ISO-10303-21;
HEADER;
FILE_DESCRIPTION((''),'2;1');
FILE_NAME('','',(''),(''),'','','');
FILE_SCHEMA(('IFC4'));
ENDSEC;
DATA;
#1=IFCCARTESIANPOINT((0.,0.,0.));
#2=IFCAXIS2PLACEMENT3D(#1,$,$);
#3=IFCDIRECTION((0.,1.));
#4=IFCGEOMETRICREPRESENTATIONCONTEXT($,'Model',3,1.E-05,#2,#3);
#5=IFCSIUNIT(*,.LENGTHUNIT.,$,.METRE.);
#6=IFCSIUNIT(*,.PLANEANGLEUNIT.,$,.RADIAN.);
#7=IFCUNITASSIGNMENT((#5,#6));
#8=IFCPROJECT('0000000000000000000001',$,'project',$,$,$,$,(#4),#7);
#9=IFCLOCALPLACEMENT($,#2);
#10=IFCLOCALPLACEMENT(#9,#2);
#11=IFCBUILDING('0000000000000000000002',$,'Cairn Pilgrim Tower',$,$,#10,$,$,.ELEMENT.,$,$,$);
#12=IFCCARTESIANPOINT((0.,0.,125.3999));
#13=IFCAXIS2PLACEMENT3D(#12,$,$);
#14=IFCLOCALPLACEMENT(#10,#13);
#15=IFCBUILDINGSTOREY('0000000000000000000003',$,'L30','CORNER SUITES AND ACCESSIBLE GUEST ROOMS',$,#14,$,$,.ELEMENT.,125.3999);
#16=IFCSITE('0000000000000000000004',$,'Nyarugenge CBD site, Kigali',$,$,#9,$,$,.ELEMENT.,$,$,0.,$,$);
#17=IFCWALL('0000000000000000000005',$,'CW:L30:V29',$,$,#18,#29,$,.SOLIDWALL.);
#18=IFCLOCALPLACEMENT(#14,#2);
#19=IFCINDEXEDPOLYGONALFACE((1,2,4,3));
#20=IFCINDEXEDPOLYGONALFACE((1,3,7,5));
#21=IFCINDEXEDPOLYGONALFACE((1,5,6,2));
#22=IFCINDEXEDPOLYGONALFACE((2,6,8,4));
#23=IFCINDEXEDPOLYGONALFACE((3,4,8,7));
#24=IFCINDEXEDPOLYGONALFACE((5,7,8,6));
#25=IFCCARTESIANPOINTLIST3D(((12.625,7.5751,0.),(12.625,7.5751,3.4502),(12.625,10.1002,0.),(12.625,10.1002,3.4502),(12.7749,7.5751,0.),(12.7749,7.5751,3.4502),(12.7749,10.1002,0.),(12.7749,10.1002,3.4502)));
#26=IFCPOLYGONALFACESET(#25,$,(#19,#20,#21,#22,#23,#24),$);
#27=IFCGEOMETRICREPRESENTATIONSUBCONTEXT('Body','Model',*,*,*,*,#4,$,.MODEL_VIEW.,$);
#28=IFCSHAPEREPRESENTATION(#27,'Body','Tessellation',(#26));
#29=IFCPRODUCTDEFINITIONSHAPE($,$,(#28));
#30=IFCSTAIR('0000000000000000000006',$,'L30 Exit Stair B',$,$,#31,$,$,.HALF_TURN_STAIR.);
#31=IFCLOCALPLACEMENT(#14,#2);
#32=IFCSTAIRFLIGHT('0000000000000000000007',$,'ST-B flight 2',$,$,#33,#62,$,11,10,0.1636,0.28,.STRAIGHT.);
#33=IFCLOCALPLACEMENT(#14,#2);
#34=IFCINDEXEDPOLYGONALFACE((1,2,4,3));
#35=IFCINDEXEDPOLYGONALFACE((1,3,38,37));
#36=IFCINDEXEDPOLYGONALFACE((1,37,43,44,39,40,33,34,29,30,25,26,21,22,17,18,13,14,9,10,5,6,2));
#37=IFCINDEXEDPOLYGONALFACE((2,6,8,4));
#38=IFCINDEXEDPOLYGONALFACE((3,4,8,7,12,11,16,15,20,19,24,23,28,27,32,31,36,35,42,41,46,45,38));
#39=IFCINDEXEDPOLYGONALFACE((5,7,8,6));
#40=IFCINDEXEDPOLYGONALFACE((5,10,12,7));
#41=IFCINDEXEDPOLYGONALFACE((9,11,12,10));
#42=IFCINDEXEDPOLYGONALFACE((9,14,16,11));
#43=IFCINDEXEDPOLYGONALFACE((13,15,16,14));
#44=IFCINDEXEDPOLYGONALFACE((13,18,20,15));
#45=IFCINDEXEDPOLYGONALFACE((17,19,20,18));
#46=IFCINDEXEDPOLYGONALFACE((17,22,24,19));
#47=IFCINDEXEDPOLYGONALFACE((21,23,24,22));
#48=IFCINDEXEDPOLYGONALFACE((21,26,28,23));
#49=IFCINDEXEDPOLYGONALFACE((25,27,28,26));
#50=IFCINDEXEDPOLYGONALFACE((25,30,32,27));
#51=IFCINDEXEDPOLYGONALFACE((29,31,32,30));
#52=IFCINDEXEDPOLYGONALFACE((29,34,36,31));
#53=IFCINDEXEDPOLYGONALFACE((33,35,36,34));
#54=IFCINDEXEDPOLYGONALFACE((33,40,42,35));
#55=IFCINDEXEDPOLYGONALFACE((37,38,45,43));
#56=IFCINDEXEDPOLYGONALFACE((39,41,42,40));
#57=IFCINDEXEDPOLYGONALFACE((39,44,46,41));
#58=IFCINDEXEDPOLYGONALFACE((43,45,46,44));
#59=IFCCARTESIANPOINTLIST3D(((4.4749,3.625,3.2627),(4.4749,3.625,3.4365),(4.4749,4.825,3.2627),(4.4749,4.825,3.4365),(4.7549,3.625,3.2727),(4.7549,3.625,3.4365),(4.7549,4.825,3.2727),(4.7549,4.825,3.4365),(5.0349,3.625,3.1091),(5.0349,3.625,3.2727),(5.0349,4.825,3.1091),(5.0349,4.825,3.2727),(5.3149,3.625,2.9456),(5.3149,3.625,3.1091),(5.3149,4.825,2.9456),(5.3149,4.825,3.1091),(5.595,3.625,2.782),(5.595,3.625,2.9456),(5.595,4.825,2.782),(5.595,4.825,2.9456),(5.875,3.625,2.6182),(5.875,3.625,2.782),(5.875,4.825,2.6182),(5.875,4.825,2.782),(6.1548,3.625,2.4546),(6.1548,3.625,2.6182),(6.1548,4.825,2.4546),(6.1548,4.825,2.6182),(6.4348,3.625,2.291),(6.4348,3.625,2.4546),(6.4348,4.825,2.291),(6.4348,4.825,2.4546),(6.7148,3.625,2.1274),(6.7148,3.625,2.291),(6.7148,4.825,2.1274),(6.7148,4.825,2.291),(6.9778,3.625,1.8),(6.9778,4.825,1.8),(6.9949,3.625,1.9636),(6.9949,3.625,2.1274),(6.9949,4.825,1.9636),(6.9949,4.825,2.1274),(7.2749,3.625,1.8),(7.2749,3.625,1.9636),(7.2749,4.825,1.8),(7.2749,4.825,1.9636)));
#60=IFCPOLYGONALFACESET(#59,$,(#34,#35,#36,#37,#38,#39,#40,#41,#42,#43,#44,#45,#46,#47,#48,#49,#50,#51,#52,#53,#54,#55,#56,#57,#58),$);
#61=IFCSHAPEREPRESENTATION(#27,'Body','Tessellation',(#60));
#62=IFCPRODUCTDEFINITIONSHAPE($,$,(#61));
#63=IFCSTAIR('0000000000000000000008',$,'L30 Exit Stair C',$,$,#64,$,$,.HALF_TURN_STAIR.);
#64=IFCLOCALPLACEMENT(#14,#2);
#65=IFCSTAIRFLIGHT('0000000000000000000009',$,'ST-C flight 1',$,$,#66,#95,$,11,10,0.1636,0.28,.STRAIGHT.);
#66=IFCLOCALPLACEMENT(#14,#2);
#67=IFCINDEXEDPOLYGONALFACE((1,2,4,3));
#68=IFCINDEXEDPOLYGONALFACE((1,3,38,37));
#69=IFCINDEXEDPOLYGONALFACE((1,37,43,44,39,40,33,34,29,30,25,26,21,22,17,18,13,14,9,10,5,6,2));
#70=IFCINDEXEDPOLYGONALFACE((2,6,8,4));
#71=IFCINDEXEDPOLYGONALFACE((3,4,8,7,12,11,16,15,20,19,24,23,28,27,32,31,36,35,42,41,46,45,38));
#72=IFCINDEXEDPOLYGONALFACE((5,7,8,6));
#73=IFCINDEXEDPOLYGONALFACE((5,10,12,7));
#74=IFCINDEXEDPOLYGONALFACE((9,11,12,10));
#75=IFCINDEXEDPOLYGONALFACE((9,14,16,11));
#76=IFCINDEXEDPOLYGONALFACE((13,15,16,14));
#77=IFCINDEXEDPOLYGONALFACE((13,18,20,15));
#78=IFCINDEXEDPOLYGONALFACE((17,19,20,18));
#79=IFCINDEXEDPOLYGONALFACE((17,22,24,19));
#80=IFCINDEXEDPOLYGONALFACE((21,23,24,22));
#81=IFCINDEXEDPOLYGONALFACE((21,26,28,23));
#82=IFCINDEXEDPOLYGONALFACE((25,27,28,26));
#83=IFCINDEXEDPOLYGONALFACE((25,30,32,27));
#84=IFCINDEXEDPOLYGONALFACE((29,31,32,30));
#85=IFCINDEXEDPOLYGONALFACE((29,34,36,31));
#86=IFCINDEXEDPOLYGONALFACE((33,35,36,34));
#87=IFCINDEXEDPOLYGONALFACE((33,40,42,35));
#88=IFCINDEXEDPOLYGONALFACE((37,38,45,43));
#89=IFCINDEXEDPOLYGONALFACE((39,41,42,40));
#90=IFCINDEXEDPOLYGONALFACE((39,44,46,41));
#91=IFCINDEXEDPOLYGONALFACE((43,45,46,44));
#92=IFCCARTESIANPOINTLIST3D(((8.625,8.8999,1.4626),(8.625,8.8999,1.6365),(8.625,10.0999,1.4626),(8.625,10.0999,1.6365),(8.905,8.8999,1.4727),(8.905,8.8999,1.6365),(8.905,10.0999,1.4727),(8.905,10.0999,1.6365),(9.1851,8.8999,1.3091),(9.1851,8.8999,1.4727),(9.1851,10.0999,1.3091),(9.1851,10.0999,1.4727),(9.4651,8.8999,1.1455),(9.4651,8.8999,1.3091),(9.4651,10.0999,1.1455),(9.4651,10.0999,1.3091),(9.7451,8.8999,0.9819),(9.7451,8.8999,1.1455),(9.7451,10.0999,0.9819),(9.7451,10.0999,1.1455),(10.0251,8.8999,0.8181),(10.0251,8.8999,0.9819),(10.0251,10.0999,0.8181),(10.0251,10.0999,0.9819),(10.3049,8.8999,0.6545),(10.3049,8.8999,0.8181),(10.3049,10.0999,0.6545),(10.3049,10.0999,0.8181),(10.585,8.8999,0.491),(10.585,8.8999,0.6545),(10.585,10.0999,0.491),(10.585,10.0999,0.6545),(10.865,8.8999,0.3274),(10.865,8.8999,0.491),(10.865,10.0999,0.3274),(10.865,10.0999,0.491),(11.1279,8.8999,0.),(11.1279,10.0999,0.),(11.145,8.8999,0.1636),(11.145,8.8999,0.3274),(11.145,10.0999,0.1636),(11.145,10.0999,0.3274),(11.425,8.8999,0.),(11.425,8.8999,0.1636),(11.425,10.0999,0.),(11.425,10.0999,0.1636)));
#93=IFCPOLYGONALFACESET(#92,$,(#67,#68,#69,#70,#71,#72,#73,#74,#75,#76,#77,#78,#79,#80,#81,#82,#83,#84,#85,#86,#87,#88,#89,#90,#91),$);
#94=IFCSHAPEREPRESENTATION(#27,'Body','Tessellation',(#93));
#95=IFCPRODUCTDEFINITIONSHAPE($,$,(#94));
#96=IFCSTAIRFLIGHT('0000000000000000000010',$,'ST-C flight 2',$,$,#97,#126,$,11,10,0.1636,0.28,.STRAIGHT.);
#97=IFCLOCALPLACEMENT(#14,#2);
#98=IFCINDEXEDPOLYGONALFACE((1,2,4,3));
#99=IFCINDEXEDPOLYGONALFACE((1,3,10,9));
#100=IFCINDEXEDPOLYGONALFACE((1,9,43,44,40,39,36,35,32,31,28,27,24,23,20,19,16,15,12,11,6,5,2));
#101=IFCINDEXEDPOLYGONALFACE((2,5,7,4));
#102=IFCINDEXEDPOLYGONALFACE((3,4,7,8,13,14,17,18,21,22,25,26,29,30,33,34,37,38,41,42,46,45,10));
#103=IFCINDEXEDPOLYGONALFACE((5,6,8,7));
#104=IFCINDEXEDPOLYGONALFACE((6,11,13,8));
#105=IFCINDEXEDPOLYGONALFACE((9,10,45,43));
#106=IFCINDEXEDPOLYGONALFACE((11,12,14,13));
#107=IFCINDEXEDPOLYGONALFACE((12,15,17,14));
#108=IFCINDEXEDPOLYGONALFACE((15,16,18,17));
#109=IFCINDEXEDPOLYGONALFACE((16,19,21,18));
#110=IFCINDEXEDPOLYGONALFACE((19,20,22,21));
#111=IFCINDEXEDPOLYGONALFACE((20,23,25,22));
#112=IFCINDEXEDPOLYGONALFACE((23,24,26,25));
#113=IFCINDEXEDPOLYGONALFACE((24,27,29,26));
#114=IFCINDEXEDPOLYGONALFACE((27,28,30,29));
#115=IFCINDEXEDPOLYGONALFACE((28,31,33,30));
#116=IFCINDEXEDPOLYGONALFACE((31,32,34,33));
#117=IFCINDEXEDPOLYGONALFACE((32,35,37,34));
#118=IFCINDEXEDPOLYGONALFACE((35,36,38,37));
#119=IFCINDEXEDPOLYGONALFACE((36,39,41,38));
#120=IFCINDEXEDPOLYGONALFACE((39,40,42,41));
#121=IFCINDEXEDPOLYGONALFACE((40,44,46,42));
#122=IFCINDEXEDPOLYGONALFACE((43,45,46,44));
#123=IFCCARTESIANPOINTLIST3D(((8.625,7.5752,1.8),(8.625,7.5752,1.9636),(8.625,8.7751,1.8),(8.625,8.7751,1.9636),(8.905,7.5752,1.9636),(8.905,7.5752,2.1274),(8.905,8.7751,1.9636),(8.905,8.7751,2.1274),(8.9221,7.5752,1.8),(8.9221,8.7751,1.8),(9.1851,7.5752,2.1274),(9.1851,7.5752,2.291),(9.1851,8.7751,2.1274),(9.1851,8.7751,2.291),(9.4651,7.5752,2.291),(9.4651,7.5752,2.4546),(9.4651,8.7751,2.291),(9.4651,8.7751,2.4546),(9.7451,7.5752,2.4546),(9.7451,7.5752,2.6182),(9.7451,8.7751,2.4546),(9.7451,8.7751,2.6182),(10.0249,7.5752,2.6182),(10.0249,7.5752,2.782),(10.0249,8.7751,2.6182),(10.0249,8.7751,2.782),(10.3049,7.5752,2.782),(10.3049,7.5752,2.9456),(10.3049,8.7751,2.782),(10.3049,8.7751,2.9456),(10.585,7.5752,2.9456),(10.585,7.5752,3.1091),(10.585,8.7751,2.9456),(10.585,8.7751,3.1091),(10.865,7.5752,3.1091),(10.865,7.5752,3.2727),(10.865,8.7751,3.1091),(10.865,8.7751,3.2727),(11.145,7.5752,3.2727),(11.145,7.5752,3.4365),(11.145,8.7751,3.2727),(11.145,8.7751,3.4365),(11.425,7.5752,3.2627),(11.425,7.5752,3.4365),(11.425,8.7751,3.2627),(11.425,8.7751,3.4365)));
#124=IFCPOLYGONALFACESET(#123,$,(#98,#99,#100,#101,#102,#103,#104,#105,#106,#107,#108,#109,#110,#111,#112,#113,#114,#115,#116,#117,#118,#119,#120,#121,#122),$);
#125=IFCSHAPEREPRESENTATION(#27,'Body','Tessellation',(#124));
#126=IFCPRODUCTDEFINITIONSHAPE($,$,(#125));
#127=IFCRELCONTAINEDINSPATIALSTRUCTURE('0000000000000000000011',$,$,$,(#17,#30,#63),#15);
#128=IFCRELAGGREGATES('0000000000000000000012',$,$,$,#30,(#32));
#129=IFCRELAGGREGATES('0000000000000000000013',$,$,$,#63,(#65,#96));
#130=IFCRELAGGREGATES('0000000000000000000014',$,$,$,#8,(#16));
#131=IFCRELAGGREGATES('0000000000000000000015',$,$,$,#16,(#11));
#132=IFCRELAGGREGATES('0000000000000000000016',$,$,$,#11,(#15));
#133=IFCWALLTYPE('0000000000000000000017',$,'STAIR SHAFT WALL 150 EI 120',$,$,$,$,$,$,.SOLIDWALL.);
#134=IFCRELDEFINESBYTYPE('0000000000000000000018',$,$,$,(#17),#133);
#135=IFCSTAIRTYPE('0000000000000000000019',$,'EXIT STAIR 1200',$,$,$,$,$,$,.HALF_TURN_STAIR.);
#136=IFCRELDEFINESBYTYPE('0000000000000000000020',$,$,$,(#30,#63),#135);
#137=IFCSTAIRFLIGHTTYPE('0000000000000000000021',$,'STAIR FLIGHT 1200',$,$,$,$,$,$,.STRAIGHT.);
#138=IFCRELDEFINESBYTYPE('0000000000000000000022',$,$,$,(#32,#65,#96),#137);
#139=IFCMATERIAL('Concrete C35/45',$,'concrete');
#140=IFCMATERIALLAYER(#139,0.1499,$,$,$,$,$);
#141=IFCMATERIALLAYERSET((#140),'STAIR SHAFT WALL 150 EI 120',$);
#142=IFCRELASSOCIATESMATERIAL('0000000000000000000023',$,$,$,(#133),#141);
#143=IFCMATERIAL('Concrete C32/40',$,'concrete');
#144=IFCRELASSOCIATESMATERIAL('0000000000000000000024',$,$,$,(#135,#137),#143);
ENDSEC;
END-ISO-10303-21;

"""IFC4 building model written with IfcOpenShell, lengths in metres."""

from ifc_helpers import new_model, si_unit, direction, frame, frame_2d, origin, place, context, subcontext, project, spatial, polyline, rectangle, outline, extrude, material, layer, layer_set, type_object, element, aggregate, save


model = new_model("IFC4")

# Units and contexts
model_context = context("Model", 3, precision=1e-05, world=origin(), true_north=direction((0.0, 1.0)))
body_context = subcontext(model_context, "Body", "Model", "MODEL_VIEW")
ifc_project = project(units=[si_unit("LENGTHUNIT", "METRE"), si_unit("PLANEANGLEUNIT", "RADIAN")], contexts=[model_context])

# Site, building, storey
site_placement = place(None, origin())
site = spatial("IfcSite", under=ifc_project, at=site_placement, Name="Nyarugenge CBD site, Kigali", CompositionType="ELEMENT", RefElevation=0.0)
building_placement = place(site_placement, origin())
building = spatial("IfcBuilding", under=site, at=building_placement, Name="Cairn Pilgrim Tower", CompositionType="ELEMENT")
storey_placement = place(building_placement, frame((0.0, 0.0, 125.3999)))
storey = spatial("IfcBuildingStorey", under=building, at=storey_placement, Name="L30", Description="CORNER SUITES AND ACCESSIBLE GUEST ROOMS", CompositionType="ELEMENT", Elevation=125.3999)

# Shared definitions
ifc_material_1 = material(Name="Concrete C32/40", Category="concrete")

# Wall
ifc_material_2 = material(Name="Concrete C35/45", Category="concrete")
ifc_layer_1 = layer(ifc_material_2, 0.1499)
ifc_layer_set_1 = layer_set([ifc_layer_1], Name="STAIR SHAFT WALL 150 EI 120")
wall_type_1 = type_object("IfcWallType", Name="STAIR SHAFT WALL 150 EI 120", PredefinedType="SOLIDWALL", material=ifc_layer_set_1)
wall_1_placement = place(storey_placement, frame((12.7, 7.575, 0.0), z_axis=(0.0, 0.0, 1.0), x_axis=(0.0, 1.0, 0.0)))
element("IfcWall", 1, at=wall_1_placement, inside=storey, type_object=wall_type_1, Name="CW:L30:V29", PredefinedType="SOLIDWALL", context=body_context, shape_type="SweptSolid", body=[
    extrude(rectangle(XDim=2.5251, YDim=0.1499, at=frame_2d((1.2627, 0.0))), origin(), (0.0, 0.0, 1.0), 3.4502),
])

# Stair, stair flight
stair_type = type_object("IfcStairType", Name="EXIT STAIR 1200", PredefinedType="HALF_TURN_STAIR", material=ifc_material_1)
stair_1_placement = place(storey_placement, origin())
stair_1 = element("IfcStair", 2, at=stair_1_placement, inside=storey, type_object=stair_type, Name="L30 Exit Stair B", PredefinedType="HALF_TURN_STAIR")
stair_flight_type = type_object("IfcStairFlightType", Name="STAIR FLIGHT 1200", PredefinedType="STRAIGHT", material=ifc_material_1)
stair_flight_1_placement = place(storey_placement, frame((7.2749, 4.2251, 1.8), z_axis=(0.0, 0.0, 1.0), x_axis=(-1.0, 0.0, 0.0)))
stair_flight_1 = element("IfcStairFlight", 3, at=stair_flight_1_placement, type_object=stair_flight_type, Name="ST-B flight 2", NumberOfRisers=11, NumberOfTreads=10, PredefinedType="STRAIGHT", RiserHeight=0.1636, TreadLength=0.28, context=body_context, shape_type="SweptSolid", body=[
    extrude(outline(polyline([(0.0, 0.0), (0.0, 0.1636), (0.28, 0.1636), (0.28, 0.3274), (0.5601, 0.3274), (0.5601, 0.491), (0.8401, 0.491), (0.8401, 0.6545), (1.1201, 0.6545), (1.1201, 0.8181), (1.3999, 0.8181), (1.3999, 0.9819), (1.6799, 0.9819), (1.6799, 1.1455), (1.96, 1.1455), (1.96, 1.3091), (2.24, 1.3091), (2.24, 1.4727), (2.52, 1.4727), (2.52, 1.6365), (2.8, 1.6365), (2.8, 1.8), (2.8, 1.4626), (0.2971, 0.0), (0.0, 0.0)])), frame((0.0, 0.6001, 0.0), z_axis=(0.0, -1.0, 0.0), x_axis=(1.0, 0.0, 0.0)), (0.0, 0.0, 1.0), 1.2),
])
aggregate(stair_1, [stair_flight_1])

# Stair, stair flights
stair_2_placement = place(storey_placement, origin())
stair_2 = element("IfcStair", 4, at=stair_2_placement, inside=storey, type_object=stair_type, Name="L30 Exit Stair C", PredefinedType="HALF_TURN_STAIR")
stair_flight_2_placement = place(storey_placement, frame((11.425, 9.5, 0.0), z_axis=(0.0, 0.0, 1.0), x_axis=(-1.0, 0.0, 0.0)))
stair_flight_2 = element("IfcStairFlight", 5, at=stair_flight_2_placement, type_object=stair_flight_type, Name="ST-C flight 1", NumberOfRisers=11, NumberOfTreads=10, PredefinedType="STRAIGHT", RiserHeight=0.1636, TreadLength=0.28, context=body_context, shape_type="SweptSolid", body=[
    extrude(outline(polyline([(0.0, 0.0), (0.0, 0.1636), (0.28, 0.1636), (0.28, 0.3274), (0.5601, 0.3274), (0.5601, 0.491), (0.8401, 0.491), (0.8401, 0.6545), (1.1201, 0.6545), (1.1201, 0.8181), (1.3999, 0.8181), (1.3999, 0.9819), (1.6799, 0.9819), (1.6799, 1.1455), (1.96, 1.1455), (1.96, 1.3091), (2.24, 1.3091), (2.24, 1.4727), (2.52, 1.4727), (2.52, 1.6365), (2.8, 1.6365), (2.8, 1.8), (2.8, 1.4626), (0.2971, 0.0), (0.0, 0.0)])), frame((0.0, 0.6001, 0.0), z_axis=(0.0, -1.0, 0.0), x_axis=(1.0, 0.0, 0.0)), (0.0, 0.0, 1.0), 1.2),
])
stair_flight_3_placement = place(storey_placement, frame((8.625, 8.175, 1.8), z_axis=(0.0, 0.0, 1.0), x_axis=(1.0, 0.0, 0.0)))
stair_flight_3 = element("IfcStairFlight", 6, at=stair_flight_3_placement, type_object=stair_flight_type, Name="ST-C flight 2", NumberOfRisers=11, NumberOfTreads=10, PredefinedType="STRAIGHT", RiserHeight=0.1636, TreadLength=0.28, context=body_context, shape_type="SweptSolid", body=[
    extrude(outline(polyline([(0.0, 0.0), (0.0, 0.1636), (0.28, 0.1636), (0.28, 0.3274), (0.5601, 0.3274), (0.5601, 0.491), (0.8401, 0.491), (0.8401, 0.6545), (1.1201, 0.6545), (1.1201, 0.8181), (1.3999, 0.8181), (1.3999, 0.9819), (1.6799, 0.9819), (1.6799, 1.1455), (1.96, 1.1455), (1.96, 1.3091), (2.24, 1.3091), (2.24, 1.4727), (2.52, 1.4727), (2.52, 1.6365), (2.8, 1.6365), (2.8, 1.8), (2.8, 1.4626), (0.2971, 0.0), (0.0, 0.0)])), frame((0.0, 0.6001, 0.0), z_axis=(0.0, -1.0, 0.0), x_axis=(1.0, 0.0, 0.0)), (0.0, 0.0, 1.0), 1.2),
])
aggregate(stair_2, [stair_flight_2, stair_flight_3])

save(model, "model.ifc")
